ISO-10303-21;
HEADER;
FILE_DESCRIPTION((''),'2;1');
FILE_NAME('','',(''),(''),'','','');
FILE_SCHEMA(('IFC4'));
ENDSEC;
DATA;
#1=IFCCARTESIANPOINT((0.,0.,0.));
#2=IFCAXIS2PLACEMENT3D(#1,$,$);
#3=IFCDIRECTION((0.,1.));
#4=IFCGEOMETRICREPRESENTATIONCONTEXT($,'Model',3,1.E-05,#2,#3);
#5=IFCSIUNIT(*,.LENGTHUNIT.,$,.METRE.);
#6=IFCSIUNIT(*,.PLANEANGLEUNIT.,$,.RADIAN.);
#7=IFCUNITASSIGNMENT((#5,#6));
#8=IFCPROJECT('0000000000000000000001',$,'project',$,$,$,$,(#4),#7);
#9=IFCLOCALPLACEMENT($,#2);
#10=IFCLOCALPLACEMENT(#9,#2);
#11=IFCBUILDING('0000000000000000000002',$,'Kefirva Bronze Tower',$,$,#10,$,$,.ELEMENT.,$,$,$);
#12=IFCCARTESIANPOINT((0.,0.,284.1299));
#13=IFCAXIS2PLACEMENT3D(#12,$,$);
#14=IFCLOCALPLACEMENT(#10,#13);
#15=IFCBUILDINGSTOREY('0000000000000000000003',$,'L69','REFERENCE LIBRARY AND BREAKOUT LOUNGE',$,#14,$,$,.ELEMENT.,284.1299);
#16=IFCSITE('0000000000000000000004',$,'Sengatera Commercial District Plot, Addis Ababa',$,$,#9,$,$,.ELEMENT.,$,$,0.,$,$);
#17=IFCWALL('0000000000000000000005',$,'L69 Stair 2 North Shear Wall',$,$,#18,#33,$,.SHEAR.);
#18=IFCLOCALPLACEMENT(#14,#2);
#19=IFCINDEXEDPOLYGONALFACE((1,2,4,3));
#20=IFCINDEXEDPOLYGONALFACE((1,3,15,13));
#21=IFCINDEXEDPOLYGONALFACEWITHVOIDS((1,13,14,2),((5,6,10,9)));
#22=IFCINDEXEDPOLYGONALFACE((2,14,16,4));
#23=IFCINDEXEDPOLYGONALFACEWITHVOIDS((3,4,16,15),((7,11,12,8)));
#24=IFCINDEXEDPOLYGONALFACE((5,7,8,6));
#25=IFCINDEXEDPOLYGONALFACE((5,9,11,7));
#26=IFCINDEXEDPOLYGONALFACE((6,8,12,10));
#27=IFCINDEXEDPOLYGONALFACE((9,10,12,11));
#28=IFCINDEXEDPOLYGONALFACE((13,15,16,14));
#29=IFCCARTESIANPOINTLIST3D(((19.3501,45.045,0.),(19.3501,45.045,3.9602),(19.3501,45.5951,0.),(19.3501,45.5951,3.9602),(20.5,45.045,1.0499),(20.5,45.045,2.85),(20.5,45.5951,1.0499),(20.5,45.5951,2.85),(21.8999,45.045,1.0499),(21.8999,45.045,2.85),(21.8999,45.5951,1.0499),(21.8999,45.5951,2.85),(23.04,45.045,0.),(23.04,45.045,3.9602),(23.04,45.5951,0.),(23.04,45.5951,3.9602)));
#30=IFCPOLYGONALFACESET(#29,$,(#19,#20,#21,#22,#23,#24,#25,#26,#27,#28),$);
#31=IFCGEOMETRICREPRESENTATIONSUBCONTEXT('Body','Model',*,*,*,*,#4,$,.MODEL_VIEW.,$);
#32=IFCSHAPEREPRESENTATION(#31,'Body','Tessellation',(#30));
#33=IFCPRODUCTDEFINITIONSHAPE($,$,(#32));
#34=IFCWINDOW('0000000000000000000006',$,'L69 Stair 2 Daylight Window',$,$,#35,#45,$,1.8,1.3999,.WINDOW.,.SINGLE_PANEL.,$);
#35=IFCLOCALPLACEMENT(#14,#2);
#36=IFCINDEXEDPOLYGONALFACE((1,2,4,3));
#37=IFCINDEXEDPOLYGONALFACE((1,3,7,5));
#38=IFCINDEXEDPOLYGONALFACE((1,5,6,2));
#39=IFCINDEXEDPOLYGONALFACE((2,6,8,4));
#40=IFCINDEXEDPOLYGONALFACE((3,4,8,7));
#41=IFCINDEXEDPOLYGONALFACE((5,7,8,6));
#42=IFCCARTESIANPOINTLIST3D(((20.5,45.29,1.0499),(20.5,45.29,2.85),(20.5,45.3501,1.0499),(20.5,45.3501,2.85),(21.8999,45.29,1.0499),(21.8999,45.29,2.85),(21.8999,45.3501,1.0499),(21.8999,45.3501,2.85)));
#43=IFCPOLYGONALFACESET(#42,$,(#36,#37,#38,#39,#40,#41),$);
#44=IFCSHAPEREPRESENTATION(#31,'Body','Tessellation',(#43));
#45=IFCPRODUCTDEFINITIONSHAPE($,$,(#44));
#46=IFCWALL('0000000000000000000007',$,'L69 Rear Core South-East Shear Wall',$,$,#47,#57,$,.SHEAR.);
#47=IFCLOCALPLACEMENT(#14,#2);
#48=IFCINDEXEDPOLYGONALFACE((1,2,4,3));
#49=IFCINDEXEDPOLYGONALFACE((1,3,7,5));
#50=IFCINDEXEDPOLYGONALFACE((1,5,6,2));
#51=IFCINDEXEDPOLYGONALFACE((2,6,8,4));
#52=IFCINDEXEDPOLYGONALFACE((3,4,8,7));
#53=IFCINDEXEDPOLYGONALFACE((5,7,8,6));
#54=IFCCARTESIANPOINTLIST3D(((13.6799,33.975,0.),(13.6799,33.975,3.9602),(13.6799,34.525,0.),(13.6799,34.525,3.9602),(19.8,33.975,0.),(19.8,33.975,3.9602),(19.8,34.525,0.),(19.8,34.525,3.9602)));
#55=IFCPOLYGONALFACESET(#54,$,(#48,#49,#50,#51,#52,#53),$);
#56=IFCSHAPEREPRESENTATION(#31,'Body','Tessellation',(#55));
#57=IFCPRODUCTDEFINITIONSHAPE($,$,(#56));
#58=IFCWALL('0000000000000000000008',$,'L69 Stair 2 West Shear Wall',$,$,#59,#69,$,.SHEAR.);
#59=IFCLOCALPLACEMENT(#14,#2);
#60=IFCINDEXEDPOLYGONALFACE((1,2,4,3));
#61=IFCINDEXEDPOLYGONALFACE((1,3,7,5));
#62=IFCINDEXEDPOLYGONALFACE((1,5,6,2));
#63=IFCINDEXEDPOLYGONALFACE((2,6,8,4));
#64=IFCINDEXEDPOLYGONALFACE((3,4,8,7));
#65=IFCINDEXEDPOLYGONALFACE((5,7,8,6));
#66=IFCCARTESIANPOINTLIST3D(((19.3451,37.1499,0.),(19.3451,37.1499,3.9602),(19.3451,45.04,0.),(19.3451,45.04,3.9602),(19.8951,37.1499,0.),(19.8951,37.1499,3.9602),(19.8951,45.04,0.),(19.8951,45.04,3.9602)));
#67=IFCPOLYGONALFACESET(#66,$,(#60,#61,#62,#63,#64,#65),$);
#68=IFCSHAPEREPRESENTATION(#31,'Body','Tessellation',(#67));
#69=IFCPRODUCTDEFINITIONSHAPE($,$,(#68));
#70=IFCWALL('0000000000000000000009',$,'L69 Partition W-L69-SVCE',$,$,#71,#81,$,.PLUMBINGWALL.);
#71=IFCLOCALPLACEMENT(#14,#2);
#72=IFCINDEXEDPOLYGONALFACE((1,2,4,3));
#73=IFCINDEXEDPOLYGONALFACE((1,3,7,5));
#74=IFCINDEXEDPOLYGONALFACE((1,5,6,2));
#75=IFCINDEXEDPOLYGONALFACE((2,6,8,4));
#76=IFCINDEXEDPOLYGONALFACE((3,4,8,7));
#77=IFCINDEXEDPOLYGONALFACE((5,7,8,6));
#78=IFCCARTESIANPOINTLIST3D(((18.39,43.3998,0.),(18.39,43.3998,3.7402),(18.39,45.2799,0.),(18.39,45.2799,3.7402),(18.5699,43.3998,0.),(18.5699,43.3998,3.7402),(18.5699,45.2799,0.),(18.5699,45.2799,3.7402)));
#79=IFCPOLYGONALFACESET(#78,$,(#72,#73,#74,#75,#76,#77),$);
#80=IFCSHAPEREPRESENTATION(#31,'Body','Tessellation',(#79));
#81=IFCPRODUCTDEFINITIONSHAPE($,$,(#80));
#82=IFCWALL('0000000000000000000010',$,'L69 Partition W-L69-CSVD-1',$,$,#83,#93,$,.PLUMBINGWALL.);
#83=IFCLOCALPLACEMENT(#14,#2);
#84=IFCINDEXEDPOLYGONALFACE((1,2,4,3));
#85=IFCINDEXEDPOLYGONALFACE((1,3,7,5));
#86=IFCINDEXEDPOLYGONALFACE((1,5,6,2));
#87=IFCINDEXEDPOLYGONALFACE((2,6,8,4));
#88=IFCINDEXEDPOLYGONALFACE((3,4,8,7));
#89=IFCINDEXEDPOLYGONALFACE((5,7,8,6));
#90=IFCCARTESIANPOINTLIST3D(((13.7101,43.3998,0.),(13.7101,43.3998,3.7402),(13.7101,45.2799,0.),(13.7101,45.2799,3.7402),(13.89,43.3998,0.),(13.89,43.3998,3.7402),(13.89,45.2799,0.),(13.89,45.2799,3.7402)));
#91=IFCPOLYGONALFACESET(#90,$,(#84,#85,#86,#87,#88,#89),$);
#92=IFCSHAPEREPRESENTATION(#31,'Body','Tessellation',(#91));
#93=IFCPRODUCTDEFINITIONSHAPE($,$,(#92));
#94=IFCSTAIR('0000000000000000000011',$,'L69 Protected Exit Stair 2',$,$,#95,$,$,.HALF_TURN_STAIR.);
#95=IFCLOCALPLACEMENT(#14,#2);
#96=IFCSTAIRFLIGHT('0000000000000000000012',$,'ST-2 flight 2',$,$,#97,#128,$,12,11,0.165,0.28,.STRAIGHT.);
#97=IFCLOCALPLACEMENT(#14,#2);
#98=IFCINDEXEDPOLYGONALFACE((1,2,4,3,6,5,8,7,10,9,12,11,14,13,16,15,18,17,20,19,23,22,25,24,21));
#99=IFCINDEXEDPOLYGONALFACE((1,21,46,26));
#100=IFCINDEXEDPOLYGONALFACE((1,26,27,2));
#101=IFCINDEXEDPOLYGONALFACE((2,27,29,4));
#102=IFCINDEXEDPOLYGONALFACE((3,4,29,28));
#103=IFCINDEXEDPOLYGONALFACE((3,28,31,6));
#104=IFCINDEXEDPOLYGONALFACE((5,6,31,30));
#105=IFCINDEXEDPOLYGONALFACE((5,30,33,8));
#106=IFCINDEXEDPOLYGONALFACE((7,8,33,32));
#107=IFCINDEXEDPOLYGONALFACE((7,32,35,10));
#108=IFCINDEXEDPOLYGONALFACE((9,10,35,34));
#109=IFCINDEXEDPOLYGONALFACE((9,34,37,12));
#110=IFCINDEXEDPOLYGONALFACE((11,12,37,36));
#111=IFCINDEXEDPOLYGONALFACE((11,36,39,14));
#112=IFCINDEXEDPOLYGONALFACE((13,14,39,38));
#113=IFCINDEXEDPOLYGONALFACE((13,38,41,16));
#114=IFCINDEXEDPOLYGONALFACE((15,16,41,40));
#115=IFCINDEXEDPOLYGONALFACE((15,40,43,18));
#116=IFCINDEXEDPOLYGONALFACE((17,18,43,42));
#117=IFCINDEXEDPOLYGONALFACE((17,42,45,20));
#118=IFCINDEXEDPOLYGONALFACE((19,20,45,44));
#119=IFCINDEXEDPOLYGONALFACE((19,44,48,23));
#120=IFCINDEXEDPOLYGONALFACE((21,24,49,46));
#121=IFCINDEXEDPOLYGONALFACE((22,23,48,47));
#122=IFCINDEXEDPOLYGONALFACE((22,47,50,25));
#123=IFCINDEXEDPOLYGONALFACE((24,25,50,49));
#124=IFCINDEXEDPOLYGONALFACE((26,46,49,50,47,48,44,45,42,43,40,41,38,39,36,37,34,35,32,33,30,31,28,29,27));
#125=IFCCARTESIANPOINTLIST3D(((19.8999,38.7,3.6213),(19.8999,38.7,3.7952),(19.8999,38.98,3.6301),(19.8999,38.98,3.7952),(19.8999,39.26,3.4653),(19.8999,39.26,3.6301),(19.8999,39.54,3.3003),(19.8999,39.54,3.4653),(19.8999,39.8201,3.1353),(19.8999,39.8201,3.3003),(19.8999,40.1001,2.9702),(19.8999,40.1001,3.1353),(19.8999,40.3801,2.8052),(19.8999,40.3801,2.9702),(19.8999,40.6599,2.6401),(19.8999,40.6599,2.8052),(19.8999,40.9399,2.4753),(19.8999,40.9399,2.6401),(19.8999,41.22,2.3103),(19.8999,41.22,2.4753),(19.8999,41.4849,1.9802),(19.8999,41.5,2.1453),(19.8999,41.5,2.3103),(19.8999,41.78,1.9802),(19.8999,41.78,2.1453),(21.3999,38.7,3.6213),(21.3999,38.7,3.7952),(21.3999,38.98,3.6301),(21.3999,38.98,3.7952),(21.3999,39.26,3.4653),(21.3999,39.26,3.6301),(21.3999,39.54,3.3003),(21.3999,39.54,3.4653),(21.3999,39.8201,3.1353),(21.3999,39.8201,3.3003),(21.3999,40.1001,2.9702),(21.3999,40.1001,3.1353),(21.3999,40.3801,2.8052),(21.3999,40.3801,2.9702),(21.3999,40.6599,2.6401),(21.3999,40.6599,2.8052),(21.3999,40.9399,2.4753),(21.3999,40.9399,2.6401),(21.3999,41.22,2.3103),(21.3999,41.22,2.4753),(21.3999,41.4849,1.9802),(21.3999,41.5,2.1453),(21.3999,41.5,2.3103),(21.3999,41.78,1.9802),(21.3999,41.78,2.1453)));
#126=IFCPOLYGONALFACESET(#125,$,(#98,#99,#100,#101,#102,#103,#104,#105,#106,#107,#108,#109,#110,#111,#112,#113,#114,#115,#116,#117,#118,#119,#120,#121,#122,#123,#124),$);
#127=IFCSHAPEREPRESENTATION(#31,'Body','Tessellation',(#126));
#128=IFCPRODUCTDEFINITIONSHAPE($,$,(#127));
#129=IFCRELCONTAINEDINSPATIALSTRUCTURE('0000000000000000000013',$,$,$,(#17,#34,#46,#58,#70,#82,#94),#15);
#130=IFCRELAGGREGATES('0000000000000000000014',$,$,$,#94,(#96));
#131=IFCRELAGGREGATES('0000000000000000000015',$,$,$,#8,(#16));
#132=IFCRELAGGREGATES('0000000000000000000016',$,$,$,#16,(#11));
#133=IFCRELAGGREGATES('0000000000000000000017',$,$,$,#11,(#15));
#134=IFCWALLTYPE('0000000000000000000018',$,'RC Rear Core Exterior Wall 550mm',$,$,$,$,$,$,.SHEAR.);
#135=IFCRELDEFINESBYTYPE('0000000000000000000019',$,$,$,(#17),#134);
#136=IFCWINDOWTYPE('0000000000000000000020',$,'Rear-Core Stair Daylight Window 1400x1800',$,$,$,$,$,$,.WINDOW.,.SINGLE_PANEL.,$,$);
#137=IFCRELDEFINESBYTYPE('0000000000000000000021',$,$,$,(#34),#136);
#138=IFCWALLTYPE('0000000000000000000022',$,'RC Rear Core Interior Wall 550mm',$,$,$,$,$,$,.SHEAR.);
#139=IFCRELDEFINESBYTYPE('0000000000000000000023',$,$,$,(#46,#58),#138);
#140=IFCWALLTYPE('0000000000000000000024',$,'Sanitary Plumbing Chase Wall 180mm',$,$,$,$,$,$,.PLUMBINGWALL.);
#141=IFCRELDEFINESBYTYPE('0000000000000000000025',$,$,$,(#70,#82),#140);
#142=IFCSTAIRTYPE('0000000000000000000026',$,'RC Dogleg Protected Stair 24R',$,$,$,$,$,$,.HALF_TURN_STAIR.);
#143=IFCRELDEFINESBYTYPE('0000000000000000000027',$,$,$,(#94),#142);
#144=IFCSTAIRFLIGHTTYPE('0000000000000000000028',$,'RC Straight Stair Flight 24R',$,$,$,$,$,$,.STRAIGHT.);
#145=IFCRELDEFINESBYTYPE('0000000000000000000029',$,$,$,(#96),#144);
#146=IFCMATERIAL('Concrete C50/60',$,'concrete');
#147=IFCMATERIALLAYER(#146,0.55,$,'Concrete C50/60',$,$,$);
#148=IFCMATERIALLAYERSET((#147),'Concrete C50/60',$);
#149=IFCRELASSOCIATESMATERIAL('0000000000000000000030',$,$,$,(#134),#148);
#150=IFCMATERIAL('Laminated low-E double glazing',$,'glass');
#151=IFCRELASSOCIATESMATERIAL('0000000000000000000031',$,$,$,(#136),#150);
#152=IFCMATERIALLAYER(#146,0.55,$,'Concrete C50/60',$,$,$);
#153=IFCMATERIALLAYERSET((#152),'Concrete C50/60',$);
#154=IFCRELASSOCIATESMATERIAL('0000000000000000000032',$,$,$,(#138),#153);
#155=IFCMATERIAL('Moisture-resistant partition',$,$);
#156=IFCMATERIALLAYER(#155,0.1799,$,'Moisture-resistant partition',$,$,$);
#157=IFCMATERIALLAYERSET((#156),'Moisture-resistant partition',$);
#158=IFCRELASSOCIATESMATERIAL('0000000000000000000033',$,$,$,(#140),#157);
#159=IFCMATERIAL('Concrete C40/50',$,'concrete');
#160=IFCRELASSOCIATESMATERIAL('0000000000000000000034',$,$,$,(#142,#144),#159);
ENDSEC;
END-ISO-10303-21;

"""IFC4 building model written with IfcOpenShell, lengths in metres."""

from ifc_helpers import new_model, si_unit, direction, frame, frame_2d, origin, place, context, subcontext, project, spatial, polyline, rectangle, outline, extrude, material, layer, layer_set, type_object, element, fill, aggregate, save


model = new_model("IFC4")

# Units and contexts
model_context = context("Model", 3, precision=1e-05, world=origin(), true_north=direction((0.0, 1.0)))
body_context = subcontext(model_context, "Body", "Model", "MODEL_VIEW")
ifc_project = project(units=[si_unit("LENGTHUNIT", "METRE"), si_unit("PLANEANGLEUNIT", "RADIAN")], contexts=[model_context])

# Site, building, storey
site_placement = place(None, origin())
site = spatial("IfcSite", under=ifc_project, at=site_placement, Name="Sengatera Commercial District Plot, Addis Ababa", CompositionType="ELEMENT", RefElevation=0.0)
building_placement = place(site_placement, origin())
building = spatial("IfcBuilding", under=site, at=building_placement, Name="Kefirva Bronze Tower", CompositionType="ELEMENT")
storey_placement = place(building_placement, frame((0.0, 0.0, 284.1299)))
storey = spatial("IfcBuildingStorey", under=building, at=storey_placement, Name="L69", Description="REFERENCE LIBRARY AND BREAKOUT LOUNGE", CompositionType="ELEMENT", Elevation=284.1299)

# Shared definitions
ifc_material_1 = material(Name="Concrete C50/60", Category="concrete")

# Wall, opening, window
ifc_layer_1 = layer(ifc_material_1, 0.55, Name="Concrete C50/60")
ifc_layer_set_1 = layer_set([ifc_layer_1], Name="Concrete C50/60")
wall_type_1 = type_object("IfcWallType", Name="RC Rear Core Exterior Wall 550mm", PredefinedType="SHEAR", material=ifc_layer_set_1)
wall_1_placement = place(storey_placement, frame((19.3501, 45.3201, 0.0), z_axis=(0.0, 0.0, 1.0), x_axis=(1.0, 0.0, 0.0)))
wall_1 = element("IfcWall", 1, at=wall_1_placement, inside=storey, type_object=wall_type_1, Name="L69 Stair 2 North Shear Wall", PredefinedType="SHEAR", context=body_context, shape_type="SweptSolid", body=[
    extrude(rectangle(XDim=3.6899, YDim=0.55, at=frame_2d((1.845, 0.0))), origin(), (0.0, 0.0, 1.0), 3.9602),
])
opening_1_placement = place(wall_1_placement, frame((1.1499, 0.0, 1.05)))
opening_1 = element("IfcOpeningElement", 2, at=opening_1_placement, cuts=wall_1, PredefinedType="OPENING", context=body_context, shape_type="SweptSolid", body=[
    extrude(rectangle(XDim=1.3999, YDim=1.8, at=frame_2d((0.7, 0.8999))), frame((0.0, 0.2852, 0.0), z_axis=(0.0, -1.0, 0.0), x_axis=(1.0, 0.0, 0.0)), (0.0, 0.0, 1.0), 0.5701),
])
ifc_material_2 = material(Name="Laminated low-E double glazing", Category="glass")
window_type = type_object("IfcWindowType", Name="Rear-Core Stair Daylight Window 1400x1800", PartitioningType="SINGLE_PANEL", PredefinedType="WINDOW", material=ifc_material_2)
window_placement = place(opening_1_placement, origin())
window = element("IfcWindow", 3, at=window_placement, inside=storey, type_object=window_type, Name="L69 Stair 2 Daylight Window", OverallHeight=1.8, OverallWidth=1.3999, PartitioningType="SINGLE_PANEL", PredefinedType="WINDOW", context=body_context, shape_type="SweptSolid", body=[
    extrude(rectangle(XDim=1.3999, YDim=1.8, at=frame_2d((0.7, 0.8999))), frame((0.0, 0.03, 0.0), z_axis=(0.0, -1.0, 0.0), x_axis=(1.0, 0.0, 0.0)), (0.0, 0.0, 1.0), 0.0601),
])
fill(opening_1, window)

# Walls
ifc_layer_2 = layer(ifc_material_1, 0.55, Name="Concrete C50/60")
ifc_layer_set_2 = layer_set([ifc_layer_2], Name="Concrete C50/60")
wall_type_2 = type_object("IfcWallType", Name="RC Rear Core Interior Wall 550mm", PredefinedType="SHEAR", material=ifc_layer_set_2)
wall_2_placement = place(storey_placement, frame((13.6799, 34.25, 0.0), z_axis=(0.0, 0.0, 1.0), x_axis=(1.0, 0.0, 0.0)))
element("IfcWall", 4, at=wall_2_placement, inside=storey, type_object=wall_type_2, Name="L69 Rear Core South-East Shear Wall", PredefinedType="SHEAR", context=body_context, shape_type="SweptSolid", body=[
    extrude(rectangle(XDim=6.1201, YDim=0.55, at=frame_2d((3.0601, 0.0))), origin(), (0.0, 0.0, 1.0), 3.9602),
])
wall_3_placement = place(storey_placement, frame((19.6201, 37.1499, 0.0), z_axis=(0.0, 0.0, 1.0), x_axis=(0.0, 1.0, 0.0)))
element("IfcWall", 5, at=wall_3_placement, inside=storey, type_object=wall_type_2, Name="L69 Stair 2 West Shear Wall", PredefinedType="SHEAR", context=body_context, shape_type="SweptSolid", body=[
    extrude(rectangle(XDim=7.8901, YDim=0.55, at=frame_2d((3.9451, 0.0))), origin(), (0.0, 0.0, 1.0), 3.9602),
])
ifc_material_3 = material(Name="Moisture-resistant partition")
ifc_layer_3 = layer(ifc_material_3, 0.1799, Name="Moisture-resistant partition")
ifc_layer_set_3 = layer_set([ifc_layer_3], Name="Moisture-resistant partition")
wall_type_3 = type_object("IfcWallType", Name="Sanitary Plumbing Chase Wall 180mm", PredefinedType="PLUMBINGWALL", material=ifc_layer_set_3)
for number, where, z_axis, x_axis, name in (
    (6, (18.48, 43.3999, 0.0), (0.0, 0.0, 1.0), (0.0, 1.0, 0.0), "L69 Partition W-L69-SVCE"),
    (7, (13.8, 43.3999, 0.0), (0.0, 0.0, 1.0), (0.0, 1.0, 0.0), "L69 Partition W-L69-CSVD-1"),
):
    element("IfcWall", number, at=place(storey_placement, frame(where, z_axis=z_axis, x_axis=x_axis)), inside=storey, type_object=wall_type_3, Name=name, PredefinedType="PLUMBINGWALL", context=body_context, shape_type="SweptSolid", body=[
        extrude(rectangle(XDim=1.8801, YDim=0.1799, at=frame_2d((0.9399, 0.0))), origin(), (0.0, 0.0, 1.0), 3.7402),
    ])

# Stair, stair flight
ifc_material_4 = material(Name="Concrete C40/50", Category="concrete")
stair_type = type_object("IfcStairType", Name="RC Dogleg Protected Stair 24R", PredefinedType="HALF_TURN_STAIR", material=ifc_material_4)
stair_placement = place(storey_placement, origin())
stair = element("IfcStair", 8, at=stair_placement, inside=storey, type_object=stair_type, Name="L69 Protected Exit Stair 2", PredefinedType="HALF_TURN_STAIR")
stair_flight_type = type_object("IfcStairFlightType", Name="RC Straight Stair Flight 24R", PredefinedType="STRAIGHT", material=ifc_material_4)
stair_flight_placement = place(storey_placement, frame((20.6499, 41.78, 1.9802), z_axis=(0.0, 0.0, 1.0), x_axis=(0.0, -1.0, 0.0)))
stair_flight = element("IfcStairFlight", 9, at=stair_flight_placement, type_object=stair_flight_type, Name="ST-2 flight 2", NumberOfRisers=12, NumberOfTreads=11, PredefinedType="STRAIGHT", RiserHeight=0.165, TreadLength=0.28, context=body_context, shape_type="SweptSolid", body=[
    extrude(outline(polyline([(0.0, 0.0), (0.0, 0.165), (0.28, 0.165), (0.28, 0.3301), (0.5601, 0.3301), (0.5601, 0.4951), (0.8401, 0.4951), (0.8401, 0.6599), (1.1201, 0.6599), (1.1201, 0.825), (1.3999, 0.825), (1.3999, 0.99), (1.6799, 0.99), (1.6799, 1.155), (1.96, 1.155), (1.96, 1.3201), (2.24, 1.3201), (2.24, 1.4851), (2.52, 1.4851), (2.52, 1.6499), (2.8, 1.6499), (2.8, 1.8149), (3.0801, 1.8149), (3.0801, 1.98), (3.0801, 1.6411), (0.2952, 0.0), (0.0, 0.0)])), frame((0.0, 0.75, 0.0), z_axis=(0.0, -1.0, 0.0), x_axis=(1.0, 0.0, 0.0)), (0.0, 0.0, 1.0), 1.5),
])
aggregate(stair, [stair_flight])

save(model, "model.ifc")
